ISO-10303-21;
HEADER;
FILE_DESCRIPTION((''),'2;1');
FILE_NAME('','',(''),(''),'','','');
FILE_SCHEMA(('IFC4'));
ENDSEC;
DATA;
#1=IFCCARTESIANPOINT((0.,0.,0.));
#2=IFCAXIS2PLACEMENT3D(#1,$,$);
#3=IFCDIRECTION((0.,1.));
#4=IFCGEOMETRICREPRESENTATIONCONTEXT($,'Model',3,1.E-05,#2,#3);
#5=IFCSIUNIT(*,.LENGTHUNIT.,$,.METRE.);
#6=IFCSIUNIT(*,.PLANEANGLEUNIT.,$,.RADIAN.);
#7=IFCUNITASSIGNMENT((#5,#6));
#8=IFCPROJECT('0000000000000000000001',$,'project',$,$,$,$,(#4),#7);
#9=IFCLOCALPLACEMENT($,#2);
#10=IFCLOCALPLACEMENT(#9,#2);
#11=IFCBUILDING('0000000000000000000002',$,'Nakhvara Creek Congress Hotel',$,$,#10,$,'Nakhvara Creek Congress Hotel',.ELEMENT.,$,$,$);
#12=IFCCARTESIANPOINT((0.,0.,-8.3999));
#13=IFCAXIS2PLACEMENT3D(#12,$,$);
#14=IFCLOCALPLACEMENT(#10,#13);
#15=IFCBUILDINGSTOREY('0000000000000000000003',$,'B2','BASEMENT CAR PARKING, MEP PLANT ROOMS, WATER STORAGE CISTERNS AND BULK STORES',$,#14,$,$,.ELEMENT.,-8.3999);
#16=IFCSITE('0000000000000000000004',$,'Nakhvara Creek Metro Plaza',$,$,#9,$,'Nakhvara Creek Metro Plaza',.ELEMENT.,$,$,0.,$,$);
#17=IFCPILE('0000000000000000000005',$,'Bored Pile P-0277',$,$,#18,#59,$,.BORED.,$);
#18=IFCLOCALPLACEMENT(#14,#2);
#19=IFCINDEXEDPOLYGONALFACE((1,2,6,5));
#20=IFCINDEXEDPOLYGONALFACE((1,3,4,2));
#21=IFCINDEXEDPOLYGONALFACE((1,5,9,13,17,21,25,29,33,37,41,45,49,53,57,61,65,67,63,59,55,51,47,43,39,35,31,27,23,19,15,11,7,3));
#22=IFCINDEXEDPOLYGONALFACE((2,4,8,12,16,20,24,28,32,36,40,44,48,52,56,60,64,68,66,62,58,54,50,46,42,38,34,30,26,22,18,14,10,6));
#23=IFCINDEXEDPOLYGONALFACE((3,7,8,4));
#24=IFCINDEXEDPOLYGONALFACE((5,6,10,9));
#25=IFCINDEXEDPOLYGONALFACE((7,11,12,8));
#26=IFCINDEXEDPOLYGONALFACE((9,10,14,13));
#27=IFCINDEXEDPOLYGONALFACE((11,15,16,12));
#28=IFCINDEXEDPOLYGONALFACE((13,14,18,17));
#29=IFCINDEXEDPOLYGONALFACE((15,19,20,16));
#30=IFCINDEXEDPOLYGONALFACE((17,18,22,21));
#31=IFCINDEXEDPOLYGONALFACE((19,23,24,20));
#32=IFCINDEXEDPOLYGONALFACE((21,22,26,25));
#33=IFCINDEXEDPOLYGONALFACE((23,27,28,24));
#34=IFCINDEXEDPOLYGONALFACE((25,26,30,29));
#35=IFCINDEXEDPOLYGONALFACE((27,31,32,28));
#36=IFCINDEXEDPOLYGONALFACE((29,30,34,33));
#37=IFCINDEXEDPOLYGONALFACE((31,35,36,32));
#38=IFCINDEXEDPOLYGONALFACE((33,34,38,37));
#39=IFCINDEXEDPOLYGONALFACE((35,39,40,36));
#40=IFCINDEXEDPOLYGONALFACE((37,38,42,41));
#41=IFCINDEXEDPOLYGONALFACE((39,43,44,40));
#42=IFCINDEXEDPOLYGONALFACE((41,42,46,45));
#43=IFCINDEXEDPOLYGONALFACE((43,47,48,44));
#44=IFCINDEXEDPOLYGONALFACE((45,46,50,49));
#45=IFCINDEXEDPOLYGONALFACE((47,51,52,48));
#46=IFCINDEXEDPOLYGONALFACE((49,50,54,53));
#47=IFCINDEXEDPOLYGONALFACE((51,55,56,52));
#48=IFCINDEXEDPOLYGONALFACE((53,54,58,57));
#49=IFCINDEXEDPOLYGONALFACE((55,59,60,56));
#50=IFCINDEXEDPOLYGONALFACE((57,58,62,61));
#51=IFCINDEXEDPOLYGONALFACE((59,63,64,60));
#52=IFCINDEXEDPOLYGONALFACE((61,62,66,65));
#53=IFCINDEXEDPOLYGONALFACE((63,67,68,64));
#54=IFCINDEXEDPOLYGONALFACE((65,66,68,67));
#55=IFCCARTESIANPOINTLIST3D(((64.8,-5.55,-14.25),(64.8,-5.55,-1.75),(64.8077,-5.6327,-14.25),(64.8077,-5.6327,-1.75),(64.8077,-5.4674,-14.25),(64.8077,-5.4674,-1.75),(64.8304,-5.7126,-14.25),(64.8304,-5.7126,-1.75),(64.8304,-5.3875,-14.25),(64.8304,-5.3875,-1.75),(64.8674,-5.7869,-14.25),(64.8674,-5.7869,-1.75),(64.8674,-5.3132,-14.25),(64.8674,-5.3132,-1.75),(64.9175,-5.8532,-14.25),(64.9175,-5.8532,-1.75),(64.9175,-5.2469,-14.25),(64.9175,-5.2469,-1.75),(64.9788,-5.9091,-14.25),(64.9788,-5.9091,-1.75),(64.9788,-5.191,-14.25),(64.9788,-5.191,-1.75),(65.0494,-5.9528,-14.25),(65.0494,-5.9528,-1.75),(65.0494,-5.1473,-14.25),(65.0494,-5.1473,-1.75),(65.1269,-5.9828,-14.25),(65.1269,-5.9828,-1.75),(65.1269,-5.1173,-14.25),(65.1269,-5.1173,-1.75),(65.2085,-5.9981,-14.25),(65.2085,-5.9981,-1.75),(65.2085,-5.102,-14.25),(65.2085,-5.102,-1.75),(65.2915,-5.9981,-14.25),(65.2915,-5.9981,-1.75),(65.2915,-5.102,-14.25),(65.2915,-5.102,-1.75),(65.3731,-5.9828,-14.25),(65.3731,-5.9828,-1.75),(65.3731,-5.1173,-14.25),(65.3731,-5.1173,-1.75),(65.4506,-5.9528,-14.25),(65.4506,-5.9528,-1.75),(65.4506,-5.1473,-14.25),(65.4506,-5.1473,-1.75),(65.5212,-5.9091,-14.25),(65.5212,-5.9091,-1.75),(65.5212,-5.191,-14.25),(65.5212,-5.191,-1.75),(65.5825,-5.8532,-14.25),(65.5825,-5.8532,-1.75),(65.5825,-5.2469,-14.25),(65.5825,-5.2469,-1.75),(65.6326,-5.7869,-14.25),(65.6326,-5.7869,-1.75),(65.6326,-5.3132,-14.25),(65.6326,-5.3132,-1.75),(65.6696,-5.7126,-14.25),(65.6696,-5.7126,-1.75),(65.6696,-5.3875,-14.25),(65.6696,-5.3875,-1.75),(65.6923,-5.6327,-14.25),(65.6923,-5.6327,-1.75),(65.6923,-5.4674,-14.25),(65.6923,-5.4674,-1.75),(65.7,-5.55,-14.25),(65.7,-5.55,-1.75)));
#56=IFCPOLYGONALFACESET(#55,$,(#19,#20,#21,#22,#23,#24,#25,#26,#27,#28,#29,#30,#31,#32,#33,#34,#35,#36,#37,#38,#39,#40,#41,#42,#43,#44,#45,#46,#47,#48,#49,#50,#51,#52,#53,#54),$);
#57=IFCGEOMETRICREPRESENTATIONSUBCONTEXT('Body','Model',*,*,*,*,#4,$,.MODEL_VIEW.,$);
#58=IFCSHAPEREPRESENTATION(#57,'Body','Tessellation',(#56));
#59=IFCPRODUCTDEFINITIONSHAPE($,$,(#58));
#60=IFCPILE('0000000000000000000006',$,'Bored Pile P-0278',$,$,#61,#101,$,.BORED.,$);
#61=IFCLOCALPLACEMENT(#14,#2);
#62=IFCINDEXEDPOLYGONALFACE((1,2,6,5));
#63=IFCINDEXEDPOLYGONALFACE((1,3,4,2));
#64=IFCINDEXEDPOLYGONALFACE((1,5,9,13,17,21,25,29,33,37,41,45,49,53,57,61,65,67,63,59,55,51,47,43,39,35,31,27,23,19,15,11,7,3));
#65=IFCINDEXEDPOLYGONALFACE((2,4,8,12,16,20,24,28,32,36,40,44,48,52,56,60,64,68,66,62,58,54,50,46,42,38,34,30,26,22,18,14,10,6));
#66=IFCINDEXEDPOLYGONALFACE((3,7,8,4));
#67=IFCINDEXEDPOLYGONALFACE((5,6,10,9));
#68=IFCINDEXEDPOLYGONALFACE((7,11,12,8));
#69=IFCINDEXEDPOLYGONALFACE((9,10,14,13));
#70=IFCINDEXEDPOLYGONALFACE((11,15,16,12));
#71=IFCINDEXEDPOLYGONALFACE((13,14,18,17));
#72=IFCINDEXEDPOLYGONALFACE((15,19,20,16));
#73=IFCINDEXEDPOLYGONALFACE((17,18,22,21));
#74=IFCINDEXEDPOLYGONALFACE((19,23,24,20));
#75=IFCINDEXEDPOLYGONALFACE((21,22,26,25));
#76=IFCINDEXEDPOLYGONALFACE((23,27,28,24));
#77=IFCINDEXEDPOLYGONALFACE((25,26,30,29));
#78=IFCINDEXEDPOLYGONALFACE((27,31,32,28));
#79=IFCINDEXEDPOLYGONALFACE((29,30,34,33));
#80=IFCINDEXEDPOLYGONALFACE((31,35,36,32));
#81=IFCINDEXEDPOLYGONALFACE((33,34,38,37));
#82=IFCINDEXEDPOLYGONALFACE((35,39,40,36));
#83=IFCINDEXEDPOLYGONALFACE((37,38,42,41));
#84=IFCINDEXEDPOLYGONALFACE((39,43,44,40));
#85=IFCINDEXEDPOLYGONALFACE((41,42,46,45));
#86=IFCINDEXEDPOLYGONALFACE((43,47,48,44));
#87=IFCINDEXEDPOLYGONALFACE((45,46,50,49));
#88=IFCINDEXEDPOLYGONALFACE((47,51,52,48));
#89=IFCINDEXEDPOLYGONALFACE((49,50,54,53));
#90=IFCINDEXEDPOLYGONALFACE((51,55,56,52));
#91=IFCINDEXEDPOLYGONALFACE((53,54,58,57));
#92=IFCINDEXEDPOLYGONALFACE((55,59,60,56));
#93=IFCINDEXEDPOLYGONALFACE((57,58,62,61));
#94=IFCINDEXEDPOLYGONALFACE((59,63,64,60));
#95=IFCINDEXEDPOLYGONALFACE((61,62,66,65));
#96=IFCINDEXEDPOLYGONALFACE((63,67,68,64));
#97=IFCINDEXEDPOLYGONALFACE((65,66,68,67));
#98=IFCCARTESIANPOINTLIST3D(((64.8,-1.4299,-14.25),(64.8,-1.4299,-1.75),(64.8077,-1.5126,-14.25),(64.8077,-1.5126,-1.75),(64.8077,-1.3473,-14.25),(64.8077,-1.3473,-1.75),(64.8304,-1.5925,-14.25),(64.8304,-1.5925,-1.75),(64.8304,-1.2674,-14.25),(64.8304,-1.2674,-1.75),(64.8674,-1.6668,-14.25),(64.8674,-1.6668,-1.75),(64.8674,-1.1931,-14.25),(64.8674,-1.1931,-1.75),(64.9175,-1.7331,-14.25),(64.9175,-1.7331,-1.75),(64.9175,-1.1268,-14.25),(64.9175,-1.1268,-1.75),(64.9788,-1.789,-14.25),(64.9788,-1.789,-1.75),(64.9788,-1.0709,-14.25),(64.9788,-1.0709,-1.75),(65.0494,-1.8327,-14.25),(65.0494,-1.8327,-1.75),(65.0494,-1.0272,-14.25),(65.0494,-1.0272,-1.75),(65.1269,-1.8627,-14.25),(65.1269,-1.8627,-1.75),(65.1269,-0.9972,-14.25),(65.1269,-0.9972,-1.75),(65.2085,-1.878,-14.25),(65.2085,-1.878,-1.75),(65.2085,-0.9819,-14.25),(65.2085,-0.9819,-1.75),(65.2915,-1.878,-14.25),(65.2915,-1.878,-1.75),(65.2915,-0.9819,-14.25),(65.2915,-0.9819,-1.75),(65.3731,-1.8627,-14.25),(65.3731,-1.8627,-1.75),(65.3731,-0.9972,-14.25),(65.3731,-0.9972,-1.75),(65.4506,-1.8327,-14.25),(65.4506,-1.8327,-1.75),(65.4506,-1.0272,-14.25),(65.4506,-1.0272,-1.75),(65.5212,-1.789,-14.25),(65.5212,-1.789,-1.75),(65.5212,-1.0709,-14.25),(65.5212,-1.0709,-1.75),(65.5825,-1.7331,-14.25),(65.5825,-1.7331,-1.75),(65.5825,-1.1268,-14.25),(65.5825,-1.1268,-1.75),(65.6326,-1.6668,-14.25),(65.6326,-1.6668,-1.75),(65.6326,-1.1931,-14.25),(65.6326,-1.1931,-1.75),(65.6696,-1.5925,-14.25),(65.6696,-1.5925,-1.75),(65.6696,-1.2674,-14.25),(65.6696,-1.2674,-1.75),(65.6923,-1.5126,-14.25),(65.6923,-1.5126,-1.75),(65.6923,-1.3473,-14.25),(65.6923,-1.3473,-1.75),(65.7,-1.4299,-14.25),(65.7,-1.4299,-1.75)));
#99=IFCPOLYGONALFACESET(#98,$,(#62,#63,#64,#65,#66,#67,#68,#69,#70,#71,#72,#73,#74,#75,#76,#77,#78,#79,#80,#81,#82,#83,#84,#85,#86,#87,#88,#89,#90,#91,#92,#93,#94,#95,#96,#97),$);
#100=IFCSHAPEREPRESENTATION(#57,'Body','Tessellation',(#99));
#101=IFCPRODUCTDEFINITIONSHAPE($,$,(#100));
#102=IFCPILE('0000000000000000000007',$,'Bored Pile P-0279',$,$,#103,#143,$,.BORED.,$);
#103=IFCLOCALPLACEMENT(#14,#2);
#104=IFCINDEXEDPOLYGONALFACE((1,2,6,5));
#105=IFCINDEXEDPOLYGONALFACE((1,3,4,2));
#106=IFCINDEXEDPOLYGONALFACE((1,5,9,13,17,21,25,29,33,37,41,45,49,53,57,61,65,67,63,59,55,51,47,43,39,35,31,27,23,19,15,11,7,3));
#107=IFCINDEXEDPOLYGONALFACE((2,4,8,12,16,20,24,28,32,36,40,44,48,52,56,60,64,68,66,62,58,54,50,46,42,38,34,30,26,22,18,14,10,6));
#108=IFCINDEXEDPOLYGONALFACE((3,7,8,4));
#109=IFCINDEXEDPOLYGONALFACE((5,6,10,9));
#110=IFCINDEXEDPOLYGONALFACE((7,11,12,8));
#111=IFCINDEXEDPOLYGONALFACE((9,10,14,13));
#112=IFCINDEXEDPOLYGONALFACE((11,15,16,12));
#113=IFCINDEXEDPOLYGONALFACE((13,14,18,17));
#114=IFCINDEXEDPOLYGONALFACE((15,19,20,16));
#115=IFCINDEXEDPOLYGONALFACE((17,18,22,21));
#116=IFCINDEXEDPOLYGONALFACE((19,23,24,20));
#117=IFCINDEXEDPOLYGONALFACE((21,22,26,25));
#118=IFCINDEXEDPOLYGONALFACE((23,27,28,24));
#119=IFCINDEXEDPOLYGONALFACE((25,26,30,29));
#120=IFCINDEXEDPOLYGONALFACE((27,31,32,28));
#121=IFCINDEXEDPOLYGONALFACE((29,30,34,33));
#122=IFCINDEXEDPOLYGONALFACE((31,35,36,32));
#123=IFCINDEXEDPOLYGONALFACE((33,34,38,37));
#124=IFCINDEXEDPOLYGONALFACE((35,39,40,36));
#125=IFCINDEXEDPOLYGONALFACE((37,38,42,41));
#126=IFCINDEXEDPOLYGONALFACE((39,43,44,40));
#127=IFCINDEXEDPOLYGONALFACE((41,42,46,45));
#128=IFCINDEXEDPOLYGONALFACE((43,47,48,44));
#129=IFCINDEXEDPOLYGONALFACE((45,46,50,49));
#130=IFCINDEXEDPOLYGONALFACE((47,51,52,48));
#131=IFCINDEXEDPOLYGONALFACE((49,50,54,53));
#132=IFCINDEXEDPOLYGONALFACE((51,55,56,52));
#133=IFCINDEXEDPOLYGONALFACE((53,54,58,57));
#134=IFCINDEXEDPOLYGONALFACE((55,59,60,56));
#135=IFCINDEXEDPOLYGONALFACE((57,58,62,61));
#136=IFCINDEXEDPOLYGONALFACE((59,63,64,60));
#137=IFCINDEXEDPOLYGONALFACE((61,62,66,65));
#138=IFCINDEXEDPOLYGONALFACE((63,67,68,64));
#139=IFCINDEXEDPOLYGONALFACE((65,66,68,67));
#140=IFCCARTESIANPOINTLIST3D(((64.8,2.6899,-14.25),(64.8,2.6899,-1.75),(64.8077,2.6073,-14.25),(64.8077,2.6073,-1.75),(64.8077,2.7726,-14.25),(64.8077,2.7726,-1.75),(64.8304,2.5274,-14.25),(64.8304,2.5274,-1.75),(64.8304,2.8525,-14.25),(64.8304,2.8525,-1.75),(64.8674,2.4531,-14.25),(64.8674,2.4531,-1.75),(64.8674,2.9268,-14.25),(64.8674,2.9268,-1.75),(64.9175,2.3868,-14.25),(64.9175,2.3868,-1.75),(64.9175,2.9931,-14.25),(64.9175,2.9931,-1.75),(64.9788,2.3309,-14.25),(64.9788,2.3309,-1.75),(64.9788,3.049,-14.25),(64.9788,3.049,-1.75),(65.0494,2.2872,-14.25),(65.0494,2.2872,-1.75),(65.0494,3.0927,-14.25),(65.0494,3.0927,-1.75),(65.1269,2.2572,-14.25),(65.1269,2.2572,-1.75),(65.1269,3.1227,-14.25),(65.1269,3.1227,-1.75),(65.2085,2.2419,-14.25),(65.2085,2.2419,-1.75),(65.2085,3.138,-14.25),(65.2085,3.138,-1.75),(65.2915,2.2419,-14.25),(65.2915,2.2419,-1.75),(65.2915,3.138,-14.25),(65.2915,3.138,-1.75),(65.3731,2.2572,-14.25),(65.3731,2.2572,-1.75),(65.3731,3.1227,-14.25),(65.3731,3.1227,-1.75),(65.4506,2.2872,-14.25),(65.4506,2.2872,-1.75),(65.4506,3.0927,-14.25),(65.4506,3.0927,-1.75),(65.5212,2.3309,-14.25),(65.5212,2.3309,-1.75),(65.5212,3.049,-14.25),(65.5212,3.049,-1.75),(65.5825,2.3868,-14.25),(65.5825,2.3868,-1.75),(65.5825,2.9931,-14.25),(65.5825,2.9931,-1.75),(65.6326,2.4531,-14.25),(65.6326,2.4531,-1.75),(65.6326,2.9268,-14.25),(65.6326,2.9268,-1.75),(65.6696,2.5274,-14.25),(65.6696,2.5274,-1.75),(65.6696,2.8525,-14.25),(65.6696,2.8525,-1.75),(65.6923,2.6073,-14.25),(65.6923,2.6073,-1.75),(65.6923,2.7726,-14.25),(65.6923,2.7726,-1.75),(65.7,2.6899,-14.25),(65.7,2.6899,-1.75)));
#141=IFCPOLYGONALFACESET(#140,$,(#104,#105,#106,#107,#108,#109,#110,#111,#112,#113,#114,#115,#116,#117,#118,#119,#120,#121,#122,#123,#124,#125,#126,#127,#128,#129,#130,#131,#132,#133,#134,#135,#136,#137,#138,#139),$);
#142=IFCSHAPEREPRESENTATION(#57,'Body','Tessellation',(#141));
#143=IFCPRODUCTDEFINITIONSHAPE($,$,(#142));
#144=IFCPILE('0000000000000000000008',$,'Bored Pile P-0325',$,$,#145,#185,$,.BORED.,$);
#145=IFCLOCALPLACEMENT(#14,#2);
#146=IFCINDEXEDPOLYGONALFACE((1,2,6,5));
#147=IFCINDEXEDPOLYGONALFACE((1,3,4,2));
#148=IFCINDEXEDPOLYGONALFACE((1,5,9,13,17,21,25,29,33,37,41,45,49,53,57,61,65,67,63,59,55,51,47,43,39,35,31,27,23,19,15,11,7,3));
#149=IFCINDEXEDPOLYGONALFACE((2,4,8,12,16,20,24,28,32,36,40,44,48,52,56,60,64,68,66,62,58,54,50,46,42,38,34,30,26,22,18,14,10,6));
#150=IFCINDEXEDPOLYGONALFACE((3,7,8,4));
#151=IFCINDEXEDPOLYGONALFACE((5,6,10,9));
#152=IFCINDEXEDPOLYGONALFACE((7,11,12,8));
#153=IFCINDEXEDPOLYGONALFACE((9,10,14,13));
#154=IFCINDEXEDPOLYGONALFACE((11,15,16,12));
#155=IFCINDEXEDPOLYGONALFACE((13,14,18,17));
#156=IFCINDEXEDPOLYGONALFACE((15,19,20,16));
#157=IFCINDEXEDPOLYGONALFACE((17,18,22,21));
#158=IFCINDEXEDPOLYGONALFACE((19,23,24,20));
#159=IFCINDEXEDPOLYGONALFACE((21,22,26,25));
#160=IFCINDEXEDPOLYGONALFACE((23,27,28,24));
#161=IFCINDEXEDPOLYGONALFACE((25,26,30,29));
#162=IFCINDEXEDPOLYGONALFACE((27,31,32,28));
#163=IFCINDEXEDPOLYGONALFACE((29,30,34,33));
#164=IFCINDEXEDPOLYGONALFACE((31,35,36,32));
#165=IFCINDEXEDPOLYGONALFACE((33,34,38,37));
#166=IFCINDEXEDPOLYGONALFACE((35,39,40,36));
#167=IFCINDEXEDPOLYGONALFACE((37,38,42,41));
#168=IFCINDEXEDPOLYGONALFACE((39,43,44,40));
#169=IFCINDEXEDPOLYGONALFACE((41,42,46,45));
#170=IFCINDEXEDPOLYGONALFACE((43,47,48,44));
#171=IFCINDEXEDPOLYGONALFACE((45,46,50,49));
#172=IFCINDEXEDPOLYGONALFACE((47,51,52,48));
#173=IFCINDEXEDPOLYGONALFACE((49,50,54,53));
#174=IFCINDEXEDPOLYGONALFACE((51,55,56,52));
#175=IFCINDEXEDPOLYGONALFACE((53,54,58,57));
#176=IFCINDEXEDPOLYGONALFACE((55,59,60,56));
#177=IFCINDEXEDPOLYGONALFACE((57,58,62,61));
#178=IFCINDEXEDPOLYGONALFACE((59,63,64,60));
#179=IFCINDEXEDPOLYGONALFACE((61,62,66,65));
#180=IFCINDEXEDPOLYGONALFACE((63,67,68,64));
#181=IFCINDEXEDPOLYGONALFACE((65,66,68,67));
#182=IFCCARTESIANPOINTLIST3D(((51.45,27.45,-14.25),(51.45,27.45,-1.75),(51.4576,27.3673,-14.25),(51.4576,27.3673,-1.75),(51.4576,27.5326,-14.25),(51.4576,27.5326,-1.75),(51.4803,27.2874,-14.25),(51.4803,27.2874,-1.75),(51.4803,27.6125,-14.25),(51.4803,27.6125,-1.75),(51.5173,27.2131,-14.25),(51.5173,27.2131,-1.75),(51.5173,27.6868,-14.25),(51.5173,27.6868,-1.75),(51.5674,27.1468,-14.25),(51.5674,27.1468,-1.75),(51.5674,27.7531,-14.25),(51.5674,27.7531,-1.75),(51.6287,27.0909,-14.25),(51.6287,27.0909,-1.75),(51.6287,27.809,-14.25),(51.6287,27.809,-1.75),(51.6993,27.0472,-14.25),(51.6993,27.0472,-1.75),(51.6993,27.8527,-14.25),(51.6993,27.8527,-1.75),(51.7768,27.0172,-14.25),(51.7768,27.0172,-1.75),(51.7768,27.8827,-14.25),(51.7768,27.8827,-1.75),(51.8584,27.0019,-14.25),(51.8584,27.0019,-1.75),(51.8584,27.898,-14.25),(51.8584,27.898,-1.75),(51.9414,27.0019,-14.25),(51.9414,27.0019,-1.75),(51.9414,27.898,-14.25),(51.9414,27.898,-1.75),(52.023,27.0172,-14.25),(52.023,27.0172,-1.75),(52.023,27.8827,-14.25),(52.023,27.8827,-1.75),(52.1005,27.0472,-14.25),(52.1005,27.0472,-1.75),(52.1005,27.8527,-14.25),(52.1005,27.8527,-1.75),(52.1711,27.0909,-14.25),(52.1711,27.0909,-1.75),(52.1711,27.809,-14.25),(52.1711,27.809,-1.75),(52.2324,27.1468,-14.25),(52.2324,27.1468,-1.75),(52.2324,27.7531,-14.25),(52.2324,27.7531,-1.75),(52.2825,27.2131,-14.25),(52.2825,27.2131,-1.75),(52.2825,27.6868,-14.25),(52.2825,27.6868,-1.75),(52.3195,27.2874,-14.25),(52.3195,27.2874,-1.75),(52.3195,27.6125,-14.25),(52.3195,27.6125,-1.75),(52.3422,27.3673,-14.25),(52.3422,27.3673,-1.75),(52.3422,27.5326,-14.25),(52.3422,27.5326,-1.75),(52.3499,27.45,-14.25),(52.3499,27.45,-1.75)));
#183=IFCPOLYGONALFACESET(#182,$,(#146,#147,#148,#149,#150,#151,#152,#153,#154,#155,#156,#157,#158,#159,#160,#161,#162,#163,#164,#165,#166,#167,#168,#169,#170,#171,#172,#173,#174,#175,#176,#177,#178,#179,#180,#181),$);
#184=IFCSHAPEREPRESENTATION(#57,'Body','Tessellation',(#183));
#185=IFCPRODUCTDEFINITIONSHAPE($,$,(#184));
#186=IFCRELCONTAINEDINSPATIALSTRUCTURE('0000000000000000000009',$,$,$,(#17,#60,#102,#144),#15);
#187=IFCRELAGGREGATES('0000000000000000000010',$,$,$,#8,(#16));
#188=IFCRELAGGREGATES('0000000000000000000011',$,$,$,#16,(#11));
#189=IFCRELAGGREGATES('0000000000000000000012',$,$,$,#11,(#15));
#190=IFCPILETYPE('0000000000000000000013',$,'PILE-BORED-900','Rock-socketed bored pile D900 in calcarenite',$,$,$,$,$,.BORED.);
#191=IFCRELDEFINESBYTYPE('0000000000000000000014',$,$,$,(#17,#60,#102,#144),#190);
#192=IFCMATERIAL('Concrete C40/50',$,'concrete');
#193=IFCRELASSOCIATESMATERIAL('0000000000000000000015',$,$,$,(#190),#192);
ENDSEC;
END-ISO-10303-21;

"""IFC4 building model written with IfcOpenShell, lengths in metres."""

from ifc_helpers import new_model, si_unit, direction, frame, origin, origin_2d, place, context, subcontext, project, spatial, circle, extrude, material, material_profile, profile_set, type_object, element, save


model = new_model("IFC4")

# Units and contexts
model_context = context("Model", 3, precision=1e-05, world=origin(), true_north=direction((0.0, 1.0)))
body_context = subcontext(model_context, "Body", "Model", "MODEL_VIEW")
ifc_project = project(units=[si_unit("LENGTHUNIT", "METRE"), si_unit("PLANEANGLEUNIT", "RADIAN")], contexts=[model_context])

# Site, building, storey
site_placement = place(None, origin())
site = spatial("IfcSite", under=ifc_project, at=site_placement, Name="Nakhvara Creek Metro Plaza", LongName="Nakhvara Creek Metro Plaza", CompositionType="ELEMENT", RefElevation=0.0)
building_placement = place(site_placement, origin())
building = spatial("IfcBuilding", under=site, at=building_placement, Name="Nakhvara Creek Congress Hotel", LongName="Nakhvara Creek Congress Hotel", CompositionType="ELEMENT")
storey_placement = place(building_placement, frame((0.0, 0.0, -8.3999)))
storey = spatial("IfcBuildingStorey", under=building, at=storey_placement, Name="B2", Description="BASEMENT CAR PARKING, MEP PLANT ROOMS, WATER STORAGE CISTERNS AND BULK STORES", CompositionType="ELEMENT", Elevation=-8.3999)

# Piles
ifc_material_1 = material(Name="Concrete C40/50", Category="concrete")
ifc_material_profile = material_profile(ifc_material_1, circle(Radius=0.45, at=origin_2d()), Name="BORED PILE D900", Category="LoadBearing")
ifc_profile_set = profile_set([ifc_material_profile], Name="Concrete C40/50")
pile_type = type_object("IfcPileType", Name="PILE-BORED-900", Description="Rock-socketed bored pile D900 in calcarenite", PredefinedType="BORED", material=ifc_profile_set)
for number, where, z_axis, x_axis, name in (
    (1, (65.25, -5.55, -1.75), (0.0, 0.0, -1.0), (1.0, 0.0, 0.0), "Bored Pile P-0277"),
    (2, (65.25, -1.4299, -1.75), (0.0, 0.0, -1.0), (1.0, 0.0, 0.0), "Bored Pile P-0278"),
    (3, (65.25, 2.6899, -1.75), (0.0, 0.0, -1.0), (1.0, 0.0, 0.0), "Bored Pile P-0279"),
    (4, (51.8999, 27.45, -1.75), (0.0, 0.0, -1.0), (1.0, 0.0, 0.0), "Bored Pile P-0325"),
):
    element("IfcPile", number, at=place(storey_placement, frame(where, z_axis=z_axis, x_axis=x_axis)), inside=storey, type_object=pile_type, Name=name, PredefinedType="BORED", context=body_context, shape_type="SweptSolid", body=[
        extrude(circle(Radius=0.45, at=origin_2d()), origin(), (0.0, 0.0, 1.0), 12.5),
    ])

save(model, "model.ifc")
